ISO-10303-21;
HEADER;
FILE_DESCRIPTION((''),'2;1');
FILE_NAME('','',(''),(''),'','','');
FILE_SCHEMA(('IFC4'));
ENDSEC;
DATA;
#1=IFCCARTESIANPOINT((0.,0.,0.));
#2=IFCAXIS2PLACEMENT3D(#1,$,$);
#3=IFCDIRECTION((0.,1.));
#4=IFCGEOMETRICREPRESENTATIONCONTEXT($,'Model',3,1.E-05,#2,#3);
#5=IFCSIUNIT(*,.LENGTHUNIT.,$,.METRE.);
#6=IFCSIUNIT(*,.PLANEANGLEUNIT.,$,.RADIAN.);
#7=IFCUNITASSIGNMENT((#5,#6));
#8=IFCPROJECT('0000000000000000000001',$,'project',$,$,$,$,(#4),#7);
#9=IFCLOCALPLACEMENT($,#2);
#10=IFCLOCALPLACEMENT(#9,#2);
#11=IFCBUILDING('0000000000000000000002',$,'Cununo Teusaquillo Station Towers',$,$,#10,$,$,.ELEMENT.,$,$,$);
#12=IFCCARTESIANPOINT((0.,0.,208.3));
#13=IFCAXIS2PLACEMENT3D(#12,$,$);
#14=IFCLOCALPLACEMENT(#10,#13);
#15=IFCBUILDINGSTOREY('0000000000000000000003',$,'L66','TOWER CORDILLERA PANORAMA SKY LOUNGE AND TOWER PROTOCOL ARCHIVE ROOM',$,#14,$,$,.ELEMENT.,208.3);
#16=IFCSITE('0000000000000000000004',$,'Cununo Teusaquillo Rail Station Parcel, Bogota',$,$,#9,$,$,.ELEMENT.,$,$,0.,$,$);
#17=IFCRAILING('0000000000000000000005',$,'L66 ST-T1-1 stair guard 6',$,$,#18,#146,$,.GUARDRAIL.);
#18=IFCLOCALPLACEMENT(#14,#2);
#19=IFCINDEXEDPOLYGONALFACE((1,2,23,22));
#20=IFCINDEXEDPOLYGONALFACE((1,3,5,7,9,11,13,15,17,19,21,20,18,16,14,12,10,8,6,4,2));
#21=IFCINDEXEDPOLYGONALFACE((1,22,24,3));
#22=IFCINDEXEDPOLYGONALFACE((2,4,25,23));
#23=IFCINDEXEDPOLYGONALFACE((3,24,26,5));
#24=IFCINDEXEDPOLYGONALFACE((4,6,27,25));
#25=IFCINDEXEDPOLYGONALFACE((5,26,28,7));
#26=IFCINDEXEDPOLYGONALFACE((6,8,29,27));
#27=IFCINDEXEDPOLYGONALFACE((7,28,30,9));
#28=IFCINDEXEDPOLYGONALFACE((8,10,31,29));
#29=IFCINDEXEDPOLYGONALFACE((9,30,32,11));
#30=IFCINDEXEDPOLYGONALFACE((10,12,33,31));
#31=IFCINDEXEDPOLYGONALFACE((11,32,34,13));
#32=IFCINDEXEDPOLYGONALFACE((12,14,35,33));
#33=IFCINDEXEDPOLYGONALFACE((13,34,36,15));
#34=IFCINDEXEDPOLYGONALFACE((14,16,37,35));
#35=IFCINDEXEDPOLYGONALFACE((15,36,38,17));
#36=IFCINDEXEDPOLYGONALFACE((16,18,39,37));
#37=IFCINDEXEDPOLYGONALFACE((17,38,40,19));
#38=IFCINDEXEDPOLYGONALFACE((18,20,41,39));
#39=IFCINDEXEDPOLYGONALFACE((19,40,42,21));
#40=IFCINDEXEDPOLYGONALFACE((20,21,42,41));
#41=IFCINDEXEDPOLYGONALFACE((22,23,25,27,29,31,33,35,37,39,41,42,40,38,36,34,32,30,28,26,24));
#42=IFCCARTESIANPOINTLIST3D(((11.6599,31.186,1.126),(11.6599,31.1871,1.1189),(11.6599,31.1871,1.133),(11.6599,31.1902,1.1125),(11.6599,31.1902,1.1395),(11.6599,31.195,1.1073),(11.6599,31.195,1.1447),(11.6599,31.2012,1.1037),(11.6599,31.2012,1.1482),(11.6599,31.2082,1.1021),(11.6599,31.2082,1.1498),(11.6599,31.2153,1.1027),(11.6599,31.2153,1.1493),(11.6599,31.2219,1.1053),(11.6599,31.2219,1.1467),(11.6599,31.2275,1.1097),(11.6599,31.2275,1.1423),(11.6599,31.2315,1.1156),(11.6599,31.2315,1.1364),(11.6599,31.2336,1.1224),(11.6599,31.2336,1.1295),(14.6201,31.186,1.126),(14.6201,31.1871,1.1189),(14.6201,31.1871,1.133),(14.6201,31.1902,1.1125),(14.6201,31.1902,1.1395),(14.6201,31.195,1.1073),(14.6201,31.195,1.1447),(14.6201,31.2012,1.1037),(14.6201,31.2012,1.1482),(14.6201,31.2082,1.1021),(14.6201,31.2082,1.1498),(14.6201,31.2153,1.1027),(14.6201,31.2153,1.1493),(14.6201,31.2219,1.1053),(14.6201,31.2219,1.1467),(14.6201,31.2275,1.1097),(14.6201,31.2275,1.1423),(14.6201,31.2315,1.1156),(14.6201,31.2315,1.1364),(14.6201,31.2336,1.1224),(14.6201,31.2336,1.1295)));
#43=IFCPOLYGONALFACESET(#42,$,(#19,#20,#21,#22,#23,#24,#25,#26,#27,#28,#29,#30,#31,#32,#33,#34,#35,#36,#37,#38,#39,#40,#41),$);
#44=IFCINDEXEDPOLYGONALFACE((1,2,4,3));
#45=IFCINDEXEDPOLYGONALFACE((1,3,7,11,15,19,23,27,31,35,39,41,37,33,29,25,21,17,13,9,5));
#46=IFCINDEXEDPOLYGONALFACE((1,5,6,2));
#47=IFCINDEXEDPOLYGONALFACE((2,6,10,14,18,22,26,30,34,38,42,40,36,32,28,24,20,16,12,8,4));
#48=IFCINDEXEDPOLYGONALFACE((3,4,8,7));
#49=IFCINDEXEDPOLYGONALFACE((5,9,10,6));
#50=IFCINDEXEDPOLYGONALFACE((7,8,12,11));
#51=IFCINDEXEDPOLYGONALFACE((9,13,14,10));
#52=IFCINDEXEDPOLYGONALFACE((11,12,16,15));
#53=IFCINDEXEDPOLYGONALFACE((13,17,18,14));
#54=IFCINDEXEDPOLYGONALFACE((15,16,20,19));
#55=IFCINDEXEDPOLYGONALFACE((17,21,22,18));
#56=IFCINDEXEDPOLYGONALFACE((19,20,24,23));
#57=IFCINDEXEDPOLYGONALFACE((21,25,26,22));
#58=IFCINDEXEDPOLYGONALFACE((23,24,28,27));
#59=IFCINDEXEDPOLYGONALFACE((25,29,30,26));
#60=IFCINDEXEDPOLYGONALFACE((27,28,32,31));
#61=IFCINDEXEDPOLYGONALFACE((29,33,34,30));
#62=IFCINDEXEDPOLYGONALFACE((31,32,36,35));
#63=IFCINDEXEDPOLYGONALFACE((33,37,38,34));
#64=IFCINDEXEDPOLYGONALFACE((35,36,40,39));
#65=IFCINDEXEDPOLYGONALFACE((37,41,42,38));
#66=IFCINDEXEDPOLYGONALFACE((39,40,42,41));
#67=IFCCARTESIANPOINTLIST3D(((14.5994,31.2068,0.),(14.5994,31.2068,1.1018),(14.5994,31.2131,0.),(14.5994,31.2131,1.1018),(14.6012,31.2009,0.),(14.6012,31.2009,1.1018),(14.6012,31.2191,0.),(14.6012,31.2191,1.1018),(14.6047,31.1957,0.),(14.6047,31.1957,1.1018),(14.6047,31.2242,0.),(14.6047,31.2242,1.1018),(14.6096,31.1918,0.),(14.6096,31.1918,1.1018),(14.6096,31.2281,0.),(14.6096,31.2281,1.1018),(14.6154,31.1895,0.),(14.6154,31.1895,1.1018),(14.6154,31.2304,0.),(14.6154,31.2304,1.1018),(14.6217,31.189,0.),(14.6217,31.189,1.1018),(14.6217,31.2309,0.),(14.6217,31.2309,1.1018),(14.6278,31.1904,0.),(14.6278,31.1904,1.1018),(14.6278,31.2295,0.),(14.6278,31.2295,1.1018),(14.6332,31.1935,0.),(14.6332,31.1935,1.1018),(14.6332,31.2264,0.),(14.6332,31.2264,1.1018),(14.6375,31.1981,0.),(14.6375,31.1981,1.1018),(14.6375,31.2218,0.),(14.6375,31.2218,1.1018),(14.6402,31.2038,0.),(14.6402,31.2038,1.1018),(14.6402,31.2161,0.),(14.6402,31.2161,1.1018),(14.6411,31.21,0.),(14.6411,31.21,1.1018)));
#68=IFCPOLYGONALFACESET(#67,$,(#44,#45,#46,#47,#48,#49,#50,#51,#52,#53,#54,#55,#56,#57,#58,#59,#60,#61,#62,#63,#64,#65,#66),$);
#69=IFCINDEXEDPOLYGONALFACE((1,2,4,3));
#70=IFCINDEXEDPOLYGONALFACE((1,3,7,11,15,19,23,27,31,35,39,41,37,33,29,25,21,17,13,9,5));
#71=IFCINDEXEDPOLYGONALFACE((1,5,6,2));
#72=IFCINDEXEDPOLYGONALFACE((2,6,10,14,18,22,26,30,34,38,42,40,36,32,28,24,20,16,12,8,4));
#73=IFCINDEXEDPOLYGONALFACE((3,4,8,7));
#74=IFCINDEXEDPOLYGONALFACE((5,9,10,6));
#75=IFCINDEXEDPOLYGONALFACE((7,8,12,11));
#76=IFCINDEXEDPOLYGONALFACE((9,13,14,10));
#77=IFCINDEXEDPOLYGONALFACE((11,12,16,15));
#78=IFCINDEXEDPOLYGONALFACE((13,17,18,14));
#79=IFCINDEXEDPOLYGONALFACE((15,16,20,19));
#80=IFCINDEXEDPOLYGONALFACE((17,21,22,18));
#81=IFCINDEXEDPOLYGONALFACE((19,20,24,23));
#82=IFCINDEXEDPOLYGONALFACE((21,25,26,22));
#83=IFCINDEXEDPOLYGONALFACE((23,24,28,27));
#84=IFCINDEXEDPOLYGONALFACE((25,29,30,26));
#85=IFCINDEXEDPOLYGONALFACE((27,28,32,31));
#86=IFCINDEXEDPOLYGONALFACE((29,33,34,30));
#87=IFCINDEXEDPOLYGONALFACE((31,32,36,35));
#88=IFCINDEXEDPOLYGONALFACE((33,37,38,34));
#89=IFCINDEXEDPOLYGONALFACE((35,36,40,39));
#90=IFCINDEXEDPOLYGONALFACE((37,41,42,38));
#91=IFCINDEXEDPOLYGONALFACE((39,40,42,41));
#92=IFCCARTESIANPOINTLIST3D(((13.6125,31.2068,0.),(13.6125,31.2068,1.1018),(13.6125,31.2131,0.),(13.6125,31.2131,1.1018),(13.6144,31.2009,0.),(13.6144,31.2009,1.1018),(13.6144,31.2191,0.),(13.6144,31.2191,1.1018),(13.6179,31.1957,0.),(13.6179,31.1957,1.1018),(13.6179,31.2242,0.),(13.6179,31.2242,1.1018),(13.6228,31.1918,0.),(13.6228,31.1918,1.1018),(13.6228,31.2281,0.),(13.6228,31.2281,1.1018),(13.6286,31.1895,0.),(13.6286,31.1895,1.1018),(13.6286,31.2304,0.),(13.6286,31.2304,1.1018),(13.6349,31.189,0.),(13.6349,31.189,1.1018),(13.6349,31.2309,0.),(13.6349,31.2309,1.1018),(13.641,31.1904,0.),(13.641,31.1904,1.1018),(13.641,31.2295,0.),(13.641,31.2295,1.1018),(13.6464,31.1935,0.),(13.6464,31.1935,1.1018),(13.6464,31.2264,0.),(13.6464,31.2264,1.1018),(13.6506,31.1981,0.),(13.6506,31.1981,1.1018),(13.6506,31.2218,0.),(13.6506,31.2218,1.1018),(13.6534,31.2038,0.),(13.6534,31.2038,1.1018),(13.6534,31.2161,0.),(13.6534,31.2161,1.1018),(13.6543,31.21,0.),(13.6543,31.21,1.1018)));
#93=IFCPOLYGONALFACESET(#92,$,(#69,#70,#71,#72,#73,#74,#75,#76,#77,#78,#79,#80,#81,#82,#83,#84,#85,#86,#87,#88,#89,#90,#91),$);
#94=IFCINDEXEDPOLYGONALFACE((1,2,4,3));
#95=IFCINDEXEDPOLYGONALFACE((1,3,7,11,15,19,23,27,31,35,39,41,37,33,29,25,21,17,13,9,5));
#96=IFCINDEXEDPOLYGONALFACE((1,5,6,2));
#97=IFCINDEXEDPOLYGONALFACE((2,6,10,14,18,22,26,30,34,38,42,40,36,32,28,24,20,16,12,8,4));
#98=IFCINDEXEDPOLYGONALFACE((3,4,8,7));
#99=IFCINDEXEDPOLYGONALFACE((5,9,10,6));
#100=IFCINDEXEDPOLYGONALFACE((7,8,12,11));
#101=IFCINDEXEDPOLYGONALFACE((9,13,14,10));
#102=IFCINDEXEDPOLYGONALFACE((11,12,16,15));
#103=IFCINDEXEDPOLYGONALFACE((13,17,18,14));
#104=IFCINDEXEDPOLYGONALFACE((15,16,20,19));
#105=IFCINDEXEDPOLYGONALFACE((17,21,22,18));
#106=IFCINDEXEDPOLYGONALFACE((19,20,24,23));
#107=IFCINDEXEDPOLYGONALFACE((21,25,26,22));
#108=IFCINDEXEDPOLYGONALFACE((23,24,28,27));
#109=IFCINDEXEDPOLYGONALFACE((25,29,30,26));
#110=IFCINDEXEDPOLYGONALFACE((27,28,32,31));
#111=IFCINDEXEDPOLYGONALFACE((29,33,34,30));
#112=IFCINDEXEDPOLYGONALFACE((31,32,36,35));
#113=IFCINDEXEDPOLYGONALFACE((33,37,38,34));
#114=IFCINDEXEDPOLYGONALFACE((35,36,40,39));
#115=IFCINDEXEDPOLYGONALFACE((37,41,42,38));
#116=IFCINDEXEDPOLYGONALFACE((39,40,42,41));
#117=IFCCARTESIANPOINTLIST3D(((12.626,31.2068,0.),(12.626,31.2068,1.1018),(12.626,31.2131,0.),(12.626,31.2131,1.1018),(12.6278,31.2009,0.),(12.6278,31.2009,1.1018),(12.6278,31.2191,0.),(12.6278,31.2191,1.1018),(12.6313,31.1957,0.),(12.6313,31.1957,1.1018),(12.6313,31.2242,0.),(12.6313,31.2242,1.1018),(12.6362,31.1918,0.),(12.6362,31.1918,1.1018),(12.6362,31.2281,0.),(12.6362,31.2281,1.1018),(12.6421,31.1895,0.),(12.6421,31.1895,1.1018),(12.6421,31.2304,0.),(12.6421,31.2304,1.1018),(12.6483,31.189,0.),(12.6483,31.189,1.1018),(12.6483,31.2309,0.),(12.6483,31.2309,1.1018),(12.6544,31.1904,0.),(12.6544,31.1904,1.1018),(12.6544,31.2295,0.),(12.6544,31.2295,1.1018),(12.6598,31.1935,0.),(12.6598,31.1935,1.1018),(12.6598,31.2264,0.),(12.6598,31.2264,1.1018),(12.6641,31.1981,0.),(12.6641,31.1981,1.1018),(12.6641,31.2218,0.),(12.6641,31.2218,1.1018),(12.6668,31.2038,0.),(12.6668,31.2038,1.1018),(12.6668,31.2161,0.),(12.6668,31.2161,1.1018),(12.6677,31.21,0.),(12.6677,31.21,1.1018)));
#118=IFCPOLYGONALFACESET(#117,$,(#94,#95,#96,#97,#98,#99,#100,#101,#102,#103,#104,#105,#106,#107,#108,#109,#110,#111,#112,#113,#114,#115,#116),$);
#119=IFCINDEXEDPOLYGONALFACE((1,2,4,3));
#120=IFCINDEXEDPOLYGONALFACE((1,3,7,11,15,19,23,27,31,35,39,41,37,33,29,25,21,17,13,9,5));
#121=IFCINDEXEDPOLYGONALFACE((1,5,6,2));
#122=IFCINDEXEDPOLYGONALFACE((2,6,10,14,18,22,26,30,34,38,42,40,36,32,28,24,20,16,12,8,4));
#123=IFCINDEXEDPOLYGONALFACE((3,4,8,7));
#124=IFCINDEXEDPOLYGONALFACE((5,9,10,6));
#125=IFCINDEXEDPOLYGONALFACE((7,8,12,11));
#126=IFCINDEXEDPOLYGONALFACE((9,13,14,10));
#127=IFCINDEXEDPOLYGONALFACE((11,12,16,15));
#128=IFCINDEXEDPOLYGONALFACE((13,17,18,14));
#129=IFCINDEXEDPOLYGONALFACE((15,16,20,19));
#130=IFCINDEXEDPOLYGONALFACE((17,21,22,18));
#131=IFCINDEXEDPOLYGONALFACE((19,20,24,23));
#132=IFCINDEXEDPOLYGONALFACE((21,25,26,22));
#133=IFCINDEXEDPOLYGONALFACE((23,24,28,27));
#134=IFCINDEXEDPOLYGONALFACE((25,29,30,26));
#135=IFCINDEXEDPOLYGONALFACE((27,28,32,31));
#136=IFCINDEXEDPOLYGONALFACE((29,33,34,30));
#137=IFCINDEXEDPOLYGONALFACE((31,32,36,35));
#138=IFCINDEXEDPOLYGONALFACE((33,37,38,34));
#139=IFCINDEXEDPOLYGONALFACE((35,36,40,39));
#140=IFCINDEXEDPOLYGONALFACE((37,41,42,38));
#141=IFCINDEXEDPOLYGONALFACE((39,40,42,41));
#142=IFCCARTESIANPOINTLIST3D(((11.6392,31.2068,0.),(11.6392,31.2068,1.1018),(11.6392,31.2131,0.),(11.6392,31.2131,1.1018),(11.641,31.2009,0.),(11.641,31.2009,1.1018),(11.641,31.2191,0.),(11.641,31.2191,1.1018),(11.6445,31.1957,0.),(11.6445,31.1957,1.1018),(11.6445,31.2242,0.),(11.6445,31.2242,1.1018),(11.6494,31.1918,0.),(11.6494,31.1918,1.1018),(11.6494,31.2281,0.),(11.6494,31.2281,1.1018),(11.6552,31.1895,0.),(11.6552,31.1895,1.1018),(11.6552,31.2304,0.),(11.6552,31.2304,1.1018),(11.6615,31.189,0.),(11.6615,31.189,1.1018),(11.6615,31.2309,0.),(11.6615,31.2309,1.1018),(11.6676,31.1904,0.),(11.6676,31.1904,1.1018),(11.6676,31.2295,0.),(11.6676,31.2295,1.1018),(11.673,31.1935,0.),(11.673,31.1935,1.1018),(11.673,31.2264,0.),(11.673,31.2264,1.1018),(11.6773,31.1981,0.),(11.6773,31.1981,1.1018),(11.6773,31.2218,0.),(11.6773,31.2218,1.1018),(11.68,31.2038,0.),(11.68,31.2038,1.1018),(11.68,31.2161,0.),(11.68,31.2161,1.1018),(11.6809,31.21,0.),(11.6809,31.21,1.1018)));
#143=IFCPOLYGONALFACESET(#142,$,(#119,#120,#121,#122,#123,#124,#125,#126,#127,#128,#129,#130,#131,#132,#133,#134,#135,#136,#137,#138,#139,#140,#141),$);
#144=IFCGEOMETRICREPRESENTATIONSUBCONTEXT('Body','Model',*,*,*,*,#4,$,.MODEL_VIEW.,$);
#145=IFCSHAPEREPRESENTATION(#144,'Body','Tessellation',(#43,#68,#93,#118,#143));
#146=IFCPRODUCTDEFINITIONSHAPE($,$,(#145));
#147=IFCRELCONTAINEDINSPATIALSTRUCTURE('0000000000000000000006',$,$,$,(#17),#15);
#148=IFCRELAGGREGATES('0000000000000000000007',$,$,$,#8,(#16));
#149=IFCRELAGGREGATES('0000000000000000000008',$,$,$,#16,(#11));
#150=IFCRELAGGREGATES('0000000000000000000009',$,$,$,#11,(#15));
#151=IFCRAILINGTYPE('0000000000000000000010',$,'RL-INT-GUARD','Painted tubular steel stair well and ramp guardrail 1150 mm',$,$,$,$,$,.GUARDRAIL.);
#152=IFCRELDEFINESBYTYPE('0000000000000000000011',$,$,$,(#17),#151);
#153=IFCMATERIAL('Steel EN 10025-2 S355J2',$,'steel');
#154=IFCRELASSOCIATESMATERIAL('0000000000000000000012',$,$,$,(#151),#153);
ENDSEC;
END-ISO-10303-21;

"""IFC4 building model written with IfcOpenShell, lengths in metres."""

from ifc_helpers import new_model, si_unit, direction, frame, origin, origin_2d, place, context, subcontext, project, spatial, circle, extrude, material, type_object, element, save


model = new_model("IFC4")

# Units and contexts
model_context = context("Model", 3, precision=1e-05, world=origin(), true_north=direction((0.0, 1.0)))
body_context = subcontext(model_context, "Body", "Model", "MODEL_VIEW")
ifc_project = project(units=[si_unit("LENGTHUNIT", "METRE"), si_unit("PLANEANGLEUNIT", "RADIAN")], contexts=[model_context])

# Site, building, storey
site_placement = place(None, origin())
site = spatial("IfcSite", under=ifc_project, at=site_placement, Name="Cununo Teusaquillo Rail Station Parcel, Bogota", CompositionType="ELEMENT", RefElevation=0.0)
building_placement = place(site_placement, origin())
building = spatial("IfcBuilding", under=site, at=building_placement, Name="Cununo Teusaquillo Station Towers", CompositionType="ELEMENT")
storey_placement = place(building_placement, frame((0.0, 0.0, 208.3)))
storey = spatial("IfcBuildingStorey", under=building, at=storey_placement, Name="L66", Description="TOWER CORDILLERA PANORAMA SKY LOUNGE AND TOWER PROTOCOL ARCHIVE ROOM", CompositionType="ELEMENT", Elevation=208.3)

# Railing
ifc_material_1 = material(Name="Steel EN 10025-2 S355J2", Category="steel")
railing_type_1 = type_object("IfcRailingType", Name="RL-INT-GUARD", Description="Painted tubular steel stair well and ramp guardrail 1150 mm", PredefinedType="GUARDRAIL", material=ifc_material_1)
railing_1_placement = place(storey_placement, frame((14.6201, 31.21, 0.0)))
element("IfcRailing", 1, at=railing_1_placement, inside=storey, type_object=railing_type_1, Name="L66 ST-T1-1 stair guard 6", PredefinedType="GUARDRAIL", context=body_context, shape_type="SweptSolid", body=[
    extrude(circle(Radius=0.0239, at=origin_2d()), frame((0.0, 0.0, 1.126), z_axis=(-1.0, 0.0, 0.0), x_axis=(0.0, -1.0, 0.0)), (0.0, 0.0, 1.0), 2.9602),
    extrude(circle(Radius=0.021, at=origin_2d()), origin(), (0.0, 0.0, 1.0), 1.1018),
    extrude(circle(Radius=0.021, at=origin_2d()), frame((-0.9868, 0.0, 0.0)), (0.0, 0.0, 1.0), 1.1018),
    extrude(circle(Radius=0.021, at=origin_2d()), frame((-1.9734, 0.0, 0.0)), (0.0, 0.0, 1.0), 1.1018),
    extrude(circle(Radius=0.021, at=origin_2d()), frame((-2.9602, 0.0, 0.0)), (0.0, 0.0, 1.0), 1.1018),
])

save(model, "model.ifc")
